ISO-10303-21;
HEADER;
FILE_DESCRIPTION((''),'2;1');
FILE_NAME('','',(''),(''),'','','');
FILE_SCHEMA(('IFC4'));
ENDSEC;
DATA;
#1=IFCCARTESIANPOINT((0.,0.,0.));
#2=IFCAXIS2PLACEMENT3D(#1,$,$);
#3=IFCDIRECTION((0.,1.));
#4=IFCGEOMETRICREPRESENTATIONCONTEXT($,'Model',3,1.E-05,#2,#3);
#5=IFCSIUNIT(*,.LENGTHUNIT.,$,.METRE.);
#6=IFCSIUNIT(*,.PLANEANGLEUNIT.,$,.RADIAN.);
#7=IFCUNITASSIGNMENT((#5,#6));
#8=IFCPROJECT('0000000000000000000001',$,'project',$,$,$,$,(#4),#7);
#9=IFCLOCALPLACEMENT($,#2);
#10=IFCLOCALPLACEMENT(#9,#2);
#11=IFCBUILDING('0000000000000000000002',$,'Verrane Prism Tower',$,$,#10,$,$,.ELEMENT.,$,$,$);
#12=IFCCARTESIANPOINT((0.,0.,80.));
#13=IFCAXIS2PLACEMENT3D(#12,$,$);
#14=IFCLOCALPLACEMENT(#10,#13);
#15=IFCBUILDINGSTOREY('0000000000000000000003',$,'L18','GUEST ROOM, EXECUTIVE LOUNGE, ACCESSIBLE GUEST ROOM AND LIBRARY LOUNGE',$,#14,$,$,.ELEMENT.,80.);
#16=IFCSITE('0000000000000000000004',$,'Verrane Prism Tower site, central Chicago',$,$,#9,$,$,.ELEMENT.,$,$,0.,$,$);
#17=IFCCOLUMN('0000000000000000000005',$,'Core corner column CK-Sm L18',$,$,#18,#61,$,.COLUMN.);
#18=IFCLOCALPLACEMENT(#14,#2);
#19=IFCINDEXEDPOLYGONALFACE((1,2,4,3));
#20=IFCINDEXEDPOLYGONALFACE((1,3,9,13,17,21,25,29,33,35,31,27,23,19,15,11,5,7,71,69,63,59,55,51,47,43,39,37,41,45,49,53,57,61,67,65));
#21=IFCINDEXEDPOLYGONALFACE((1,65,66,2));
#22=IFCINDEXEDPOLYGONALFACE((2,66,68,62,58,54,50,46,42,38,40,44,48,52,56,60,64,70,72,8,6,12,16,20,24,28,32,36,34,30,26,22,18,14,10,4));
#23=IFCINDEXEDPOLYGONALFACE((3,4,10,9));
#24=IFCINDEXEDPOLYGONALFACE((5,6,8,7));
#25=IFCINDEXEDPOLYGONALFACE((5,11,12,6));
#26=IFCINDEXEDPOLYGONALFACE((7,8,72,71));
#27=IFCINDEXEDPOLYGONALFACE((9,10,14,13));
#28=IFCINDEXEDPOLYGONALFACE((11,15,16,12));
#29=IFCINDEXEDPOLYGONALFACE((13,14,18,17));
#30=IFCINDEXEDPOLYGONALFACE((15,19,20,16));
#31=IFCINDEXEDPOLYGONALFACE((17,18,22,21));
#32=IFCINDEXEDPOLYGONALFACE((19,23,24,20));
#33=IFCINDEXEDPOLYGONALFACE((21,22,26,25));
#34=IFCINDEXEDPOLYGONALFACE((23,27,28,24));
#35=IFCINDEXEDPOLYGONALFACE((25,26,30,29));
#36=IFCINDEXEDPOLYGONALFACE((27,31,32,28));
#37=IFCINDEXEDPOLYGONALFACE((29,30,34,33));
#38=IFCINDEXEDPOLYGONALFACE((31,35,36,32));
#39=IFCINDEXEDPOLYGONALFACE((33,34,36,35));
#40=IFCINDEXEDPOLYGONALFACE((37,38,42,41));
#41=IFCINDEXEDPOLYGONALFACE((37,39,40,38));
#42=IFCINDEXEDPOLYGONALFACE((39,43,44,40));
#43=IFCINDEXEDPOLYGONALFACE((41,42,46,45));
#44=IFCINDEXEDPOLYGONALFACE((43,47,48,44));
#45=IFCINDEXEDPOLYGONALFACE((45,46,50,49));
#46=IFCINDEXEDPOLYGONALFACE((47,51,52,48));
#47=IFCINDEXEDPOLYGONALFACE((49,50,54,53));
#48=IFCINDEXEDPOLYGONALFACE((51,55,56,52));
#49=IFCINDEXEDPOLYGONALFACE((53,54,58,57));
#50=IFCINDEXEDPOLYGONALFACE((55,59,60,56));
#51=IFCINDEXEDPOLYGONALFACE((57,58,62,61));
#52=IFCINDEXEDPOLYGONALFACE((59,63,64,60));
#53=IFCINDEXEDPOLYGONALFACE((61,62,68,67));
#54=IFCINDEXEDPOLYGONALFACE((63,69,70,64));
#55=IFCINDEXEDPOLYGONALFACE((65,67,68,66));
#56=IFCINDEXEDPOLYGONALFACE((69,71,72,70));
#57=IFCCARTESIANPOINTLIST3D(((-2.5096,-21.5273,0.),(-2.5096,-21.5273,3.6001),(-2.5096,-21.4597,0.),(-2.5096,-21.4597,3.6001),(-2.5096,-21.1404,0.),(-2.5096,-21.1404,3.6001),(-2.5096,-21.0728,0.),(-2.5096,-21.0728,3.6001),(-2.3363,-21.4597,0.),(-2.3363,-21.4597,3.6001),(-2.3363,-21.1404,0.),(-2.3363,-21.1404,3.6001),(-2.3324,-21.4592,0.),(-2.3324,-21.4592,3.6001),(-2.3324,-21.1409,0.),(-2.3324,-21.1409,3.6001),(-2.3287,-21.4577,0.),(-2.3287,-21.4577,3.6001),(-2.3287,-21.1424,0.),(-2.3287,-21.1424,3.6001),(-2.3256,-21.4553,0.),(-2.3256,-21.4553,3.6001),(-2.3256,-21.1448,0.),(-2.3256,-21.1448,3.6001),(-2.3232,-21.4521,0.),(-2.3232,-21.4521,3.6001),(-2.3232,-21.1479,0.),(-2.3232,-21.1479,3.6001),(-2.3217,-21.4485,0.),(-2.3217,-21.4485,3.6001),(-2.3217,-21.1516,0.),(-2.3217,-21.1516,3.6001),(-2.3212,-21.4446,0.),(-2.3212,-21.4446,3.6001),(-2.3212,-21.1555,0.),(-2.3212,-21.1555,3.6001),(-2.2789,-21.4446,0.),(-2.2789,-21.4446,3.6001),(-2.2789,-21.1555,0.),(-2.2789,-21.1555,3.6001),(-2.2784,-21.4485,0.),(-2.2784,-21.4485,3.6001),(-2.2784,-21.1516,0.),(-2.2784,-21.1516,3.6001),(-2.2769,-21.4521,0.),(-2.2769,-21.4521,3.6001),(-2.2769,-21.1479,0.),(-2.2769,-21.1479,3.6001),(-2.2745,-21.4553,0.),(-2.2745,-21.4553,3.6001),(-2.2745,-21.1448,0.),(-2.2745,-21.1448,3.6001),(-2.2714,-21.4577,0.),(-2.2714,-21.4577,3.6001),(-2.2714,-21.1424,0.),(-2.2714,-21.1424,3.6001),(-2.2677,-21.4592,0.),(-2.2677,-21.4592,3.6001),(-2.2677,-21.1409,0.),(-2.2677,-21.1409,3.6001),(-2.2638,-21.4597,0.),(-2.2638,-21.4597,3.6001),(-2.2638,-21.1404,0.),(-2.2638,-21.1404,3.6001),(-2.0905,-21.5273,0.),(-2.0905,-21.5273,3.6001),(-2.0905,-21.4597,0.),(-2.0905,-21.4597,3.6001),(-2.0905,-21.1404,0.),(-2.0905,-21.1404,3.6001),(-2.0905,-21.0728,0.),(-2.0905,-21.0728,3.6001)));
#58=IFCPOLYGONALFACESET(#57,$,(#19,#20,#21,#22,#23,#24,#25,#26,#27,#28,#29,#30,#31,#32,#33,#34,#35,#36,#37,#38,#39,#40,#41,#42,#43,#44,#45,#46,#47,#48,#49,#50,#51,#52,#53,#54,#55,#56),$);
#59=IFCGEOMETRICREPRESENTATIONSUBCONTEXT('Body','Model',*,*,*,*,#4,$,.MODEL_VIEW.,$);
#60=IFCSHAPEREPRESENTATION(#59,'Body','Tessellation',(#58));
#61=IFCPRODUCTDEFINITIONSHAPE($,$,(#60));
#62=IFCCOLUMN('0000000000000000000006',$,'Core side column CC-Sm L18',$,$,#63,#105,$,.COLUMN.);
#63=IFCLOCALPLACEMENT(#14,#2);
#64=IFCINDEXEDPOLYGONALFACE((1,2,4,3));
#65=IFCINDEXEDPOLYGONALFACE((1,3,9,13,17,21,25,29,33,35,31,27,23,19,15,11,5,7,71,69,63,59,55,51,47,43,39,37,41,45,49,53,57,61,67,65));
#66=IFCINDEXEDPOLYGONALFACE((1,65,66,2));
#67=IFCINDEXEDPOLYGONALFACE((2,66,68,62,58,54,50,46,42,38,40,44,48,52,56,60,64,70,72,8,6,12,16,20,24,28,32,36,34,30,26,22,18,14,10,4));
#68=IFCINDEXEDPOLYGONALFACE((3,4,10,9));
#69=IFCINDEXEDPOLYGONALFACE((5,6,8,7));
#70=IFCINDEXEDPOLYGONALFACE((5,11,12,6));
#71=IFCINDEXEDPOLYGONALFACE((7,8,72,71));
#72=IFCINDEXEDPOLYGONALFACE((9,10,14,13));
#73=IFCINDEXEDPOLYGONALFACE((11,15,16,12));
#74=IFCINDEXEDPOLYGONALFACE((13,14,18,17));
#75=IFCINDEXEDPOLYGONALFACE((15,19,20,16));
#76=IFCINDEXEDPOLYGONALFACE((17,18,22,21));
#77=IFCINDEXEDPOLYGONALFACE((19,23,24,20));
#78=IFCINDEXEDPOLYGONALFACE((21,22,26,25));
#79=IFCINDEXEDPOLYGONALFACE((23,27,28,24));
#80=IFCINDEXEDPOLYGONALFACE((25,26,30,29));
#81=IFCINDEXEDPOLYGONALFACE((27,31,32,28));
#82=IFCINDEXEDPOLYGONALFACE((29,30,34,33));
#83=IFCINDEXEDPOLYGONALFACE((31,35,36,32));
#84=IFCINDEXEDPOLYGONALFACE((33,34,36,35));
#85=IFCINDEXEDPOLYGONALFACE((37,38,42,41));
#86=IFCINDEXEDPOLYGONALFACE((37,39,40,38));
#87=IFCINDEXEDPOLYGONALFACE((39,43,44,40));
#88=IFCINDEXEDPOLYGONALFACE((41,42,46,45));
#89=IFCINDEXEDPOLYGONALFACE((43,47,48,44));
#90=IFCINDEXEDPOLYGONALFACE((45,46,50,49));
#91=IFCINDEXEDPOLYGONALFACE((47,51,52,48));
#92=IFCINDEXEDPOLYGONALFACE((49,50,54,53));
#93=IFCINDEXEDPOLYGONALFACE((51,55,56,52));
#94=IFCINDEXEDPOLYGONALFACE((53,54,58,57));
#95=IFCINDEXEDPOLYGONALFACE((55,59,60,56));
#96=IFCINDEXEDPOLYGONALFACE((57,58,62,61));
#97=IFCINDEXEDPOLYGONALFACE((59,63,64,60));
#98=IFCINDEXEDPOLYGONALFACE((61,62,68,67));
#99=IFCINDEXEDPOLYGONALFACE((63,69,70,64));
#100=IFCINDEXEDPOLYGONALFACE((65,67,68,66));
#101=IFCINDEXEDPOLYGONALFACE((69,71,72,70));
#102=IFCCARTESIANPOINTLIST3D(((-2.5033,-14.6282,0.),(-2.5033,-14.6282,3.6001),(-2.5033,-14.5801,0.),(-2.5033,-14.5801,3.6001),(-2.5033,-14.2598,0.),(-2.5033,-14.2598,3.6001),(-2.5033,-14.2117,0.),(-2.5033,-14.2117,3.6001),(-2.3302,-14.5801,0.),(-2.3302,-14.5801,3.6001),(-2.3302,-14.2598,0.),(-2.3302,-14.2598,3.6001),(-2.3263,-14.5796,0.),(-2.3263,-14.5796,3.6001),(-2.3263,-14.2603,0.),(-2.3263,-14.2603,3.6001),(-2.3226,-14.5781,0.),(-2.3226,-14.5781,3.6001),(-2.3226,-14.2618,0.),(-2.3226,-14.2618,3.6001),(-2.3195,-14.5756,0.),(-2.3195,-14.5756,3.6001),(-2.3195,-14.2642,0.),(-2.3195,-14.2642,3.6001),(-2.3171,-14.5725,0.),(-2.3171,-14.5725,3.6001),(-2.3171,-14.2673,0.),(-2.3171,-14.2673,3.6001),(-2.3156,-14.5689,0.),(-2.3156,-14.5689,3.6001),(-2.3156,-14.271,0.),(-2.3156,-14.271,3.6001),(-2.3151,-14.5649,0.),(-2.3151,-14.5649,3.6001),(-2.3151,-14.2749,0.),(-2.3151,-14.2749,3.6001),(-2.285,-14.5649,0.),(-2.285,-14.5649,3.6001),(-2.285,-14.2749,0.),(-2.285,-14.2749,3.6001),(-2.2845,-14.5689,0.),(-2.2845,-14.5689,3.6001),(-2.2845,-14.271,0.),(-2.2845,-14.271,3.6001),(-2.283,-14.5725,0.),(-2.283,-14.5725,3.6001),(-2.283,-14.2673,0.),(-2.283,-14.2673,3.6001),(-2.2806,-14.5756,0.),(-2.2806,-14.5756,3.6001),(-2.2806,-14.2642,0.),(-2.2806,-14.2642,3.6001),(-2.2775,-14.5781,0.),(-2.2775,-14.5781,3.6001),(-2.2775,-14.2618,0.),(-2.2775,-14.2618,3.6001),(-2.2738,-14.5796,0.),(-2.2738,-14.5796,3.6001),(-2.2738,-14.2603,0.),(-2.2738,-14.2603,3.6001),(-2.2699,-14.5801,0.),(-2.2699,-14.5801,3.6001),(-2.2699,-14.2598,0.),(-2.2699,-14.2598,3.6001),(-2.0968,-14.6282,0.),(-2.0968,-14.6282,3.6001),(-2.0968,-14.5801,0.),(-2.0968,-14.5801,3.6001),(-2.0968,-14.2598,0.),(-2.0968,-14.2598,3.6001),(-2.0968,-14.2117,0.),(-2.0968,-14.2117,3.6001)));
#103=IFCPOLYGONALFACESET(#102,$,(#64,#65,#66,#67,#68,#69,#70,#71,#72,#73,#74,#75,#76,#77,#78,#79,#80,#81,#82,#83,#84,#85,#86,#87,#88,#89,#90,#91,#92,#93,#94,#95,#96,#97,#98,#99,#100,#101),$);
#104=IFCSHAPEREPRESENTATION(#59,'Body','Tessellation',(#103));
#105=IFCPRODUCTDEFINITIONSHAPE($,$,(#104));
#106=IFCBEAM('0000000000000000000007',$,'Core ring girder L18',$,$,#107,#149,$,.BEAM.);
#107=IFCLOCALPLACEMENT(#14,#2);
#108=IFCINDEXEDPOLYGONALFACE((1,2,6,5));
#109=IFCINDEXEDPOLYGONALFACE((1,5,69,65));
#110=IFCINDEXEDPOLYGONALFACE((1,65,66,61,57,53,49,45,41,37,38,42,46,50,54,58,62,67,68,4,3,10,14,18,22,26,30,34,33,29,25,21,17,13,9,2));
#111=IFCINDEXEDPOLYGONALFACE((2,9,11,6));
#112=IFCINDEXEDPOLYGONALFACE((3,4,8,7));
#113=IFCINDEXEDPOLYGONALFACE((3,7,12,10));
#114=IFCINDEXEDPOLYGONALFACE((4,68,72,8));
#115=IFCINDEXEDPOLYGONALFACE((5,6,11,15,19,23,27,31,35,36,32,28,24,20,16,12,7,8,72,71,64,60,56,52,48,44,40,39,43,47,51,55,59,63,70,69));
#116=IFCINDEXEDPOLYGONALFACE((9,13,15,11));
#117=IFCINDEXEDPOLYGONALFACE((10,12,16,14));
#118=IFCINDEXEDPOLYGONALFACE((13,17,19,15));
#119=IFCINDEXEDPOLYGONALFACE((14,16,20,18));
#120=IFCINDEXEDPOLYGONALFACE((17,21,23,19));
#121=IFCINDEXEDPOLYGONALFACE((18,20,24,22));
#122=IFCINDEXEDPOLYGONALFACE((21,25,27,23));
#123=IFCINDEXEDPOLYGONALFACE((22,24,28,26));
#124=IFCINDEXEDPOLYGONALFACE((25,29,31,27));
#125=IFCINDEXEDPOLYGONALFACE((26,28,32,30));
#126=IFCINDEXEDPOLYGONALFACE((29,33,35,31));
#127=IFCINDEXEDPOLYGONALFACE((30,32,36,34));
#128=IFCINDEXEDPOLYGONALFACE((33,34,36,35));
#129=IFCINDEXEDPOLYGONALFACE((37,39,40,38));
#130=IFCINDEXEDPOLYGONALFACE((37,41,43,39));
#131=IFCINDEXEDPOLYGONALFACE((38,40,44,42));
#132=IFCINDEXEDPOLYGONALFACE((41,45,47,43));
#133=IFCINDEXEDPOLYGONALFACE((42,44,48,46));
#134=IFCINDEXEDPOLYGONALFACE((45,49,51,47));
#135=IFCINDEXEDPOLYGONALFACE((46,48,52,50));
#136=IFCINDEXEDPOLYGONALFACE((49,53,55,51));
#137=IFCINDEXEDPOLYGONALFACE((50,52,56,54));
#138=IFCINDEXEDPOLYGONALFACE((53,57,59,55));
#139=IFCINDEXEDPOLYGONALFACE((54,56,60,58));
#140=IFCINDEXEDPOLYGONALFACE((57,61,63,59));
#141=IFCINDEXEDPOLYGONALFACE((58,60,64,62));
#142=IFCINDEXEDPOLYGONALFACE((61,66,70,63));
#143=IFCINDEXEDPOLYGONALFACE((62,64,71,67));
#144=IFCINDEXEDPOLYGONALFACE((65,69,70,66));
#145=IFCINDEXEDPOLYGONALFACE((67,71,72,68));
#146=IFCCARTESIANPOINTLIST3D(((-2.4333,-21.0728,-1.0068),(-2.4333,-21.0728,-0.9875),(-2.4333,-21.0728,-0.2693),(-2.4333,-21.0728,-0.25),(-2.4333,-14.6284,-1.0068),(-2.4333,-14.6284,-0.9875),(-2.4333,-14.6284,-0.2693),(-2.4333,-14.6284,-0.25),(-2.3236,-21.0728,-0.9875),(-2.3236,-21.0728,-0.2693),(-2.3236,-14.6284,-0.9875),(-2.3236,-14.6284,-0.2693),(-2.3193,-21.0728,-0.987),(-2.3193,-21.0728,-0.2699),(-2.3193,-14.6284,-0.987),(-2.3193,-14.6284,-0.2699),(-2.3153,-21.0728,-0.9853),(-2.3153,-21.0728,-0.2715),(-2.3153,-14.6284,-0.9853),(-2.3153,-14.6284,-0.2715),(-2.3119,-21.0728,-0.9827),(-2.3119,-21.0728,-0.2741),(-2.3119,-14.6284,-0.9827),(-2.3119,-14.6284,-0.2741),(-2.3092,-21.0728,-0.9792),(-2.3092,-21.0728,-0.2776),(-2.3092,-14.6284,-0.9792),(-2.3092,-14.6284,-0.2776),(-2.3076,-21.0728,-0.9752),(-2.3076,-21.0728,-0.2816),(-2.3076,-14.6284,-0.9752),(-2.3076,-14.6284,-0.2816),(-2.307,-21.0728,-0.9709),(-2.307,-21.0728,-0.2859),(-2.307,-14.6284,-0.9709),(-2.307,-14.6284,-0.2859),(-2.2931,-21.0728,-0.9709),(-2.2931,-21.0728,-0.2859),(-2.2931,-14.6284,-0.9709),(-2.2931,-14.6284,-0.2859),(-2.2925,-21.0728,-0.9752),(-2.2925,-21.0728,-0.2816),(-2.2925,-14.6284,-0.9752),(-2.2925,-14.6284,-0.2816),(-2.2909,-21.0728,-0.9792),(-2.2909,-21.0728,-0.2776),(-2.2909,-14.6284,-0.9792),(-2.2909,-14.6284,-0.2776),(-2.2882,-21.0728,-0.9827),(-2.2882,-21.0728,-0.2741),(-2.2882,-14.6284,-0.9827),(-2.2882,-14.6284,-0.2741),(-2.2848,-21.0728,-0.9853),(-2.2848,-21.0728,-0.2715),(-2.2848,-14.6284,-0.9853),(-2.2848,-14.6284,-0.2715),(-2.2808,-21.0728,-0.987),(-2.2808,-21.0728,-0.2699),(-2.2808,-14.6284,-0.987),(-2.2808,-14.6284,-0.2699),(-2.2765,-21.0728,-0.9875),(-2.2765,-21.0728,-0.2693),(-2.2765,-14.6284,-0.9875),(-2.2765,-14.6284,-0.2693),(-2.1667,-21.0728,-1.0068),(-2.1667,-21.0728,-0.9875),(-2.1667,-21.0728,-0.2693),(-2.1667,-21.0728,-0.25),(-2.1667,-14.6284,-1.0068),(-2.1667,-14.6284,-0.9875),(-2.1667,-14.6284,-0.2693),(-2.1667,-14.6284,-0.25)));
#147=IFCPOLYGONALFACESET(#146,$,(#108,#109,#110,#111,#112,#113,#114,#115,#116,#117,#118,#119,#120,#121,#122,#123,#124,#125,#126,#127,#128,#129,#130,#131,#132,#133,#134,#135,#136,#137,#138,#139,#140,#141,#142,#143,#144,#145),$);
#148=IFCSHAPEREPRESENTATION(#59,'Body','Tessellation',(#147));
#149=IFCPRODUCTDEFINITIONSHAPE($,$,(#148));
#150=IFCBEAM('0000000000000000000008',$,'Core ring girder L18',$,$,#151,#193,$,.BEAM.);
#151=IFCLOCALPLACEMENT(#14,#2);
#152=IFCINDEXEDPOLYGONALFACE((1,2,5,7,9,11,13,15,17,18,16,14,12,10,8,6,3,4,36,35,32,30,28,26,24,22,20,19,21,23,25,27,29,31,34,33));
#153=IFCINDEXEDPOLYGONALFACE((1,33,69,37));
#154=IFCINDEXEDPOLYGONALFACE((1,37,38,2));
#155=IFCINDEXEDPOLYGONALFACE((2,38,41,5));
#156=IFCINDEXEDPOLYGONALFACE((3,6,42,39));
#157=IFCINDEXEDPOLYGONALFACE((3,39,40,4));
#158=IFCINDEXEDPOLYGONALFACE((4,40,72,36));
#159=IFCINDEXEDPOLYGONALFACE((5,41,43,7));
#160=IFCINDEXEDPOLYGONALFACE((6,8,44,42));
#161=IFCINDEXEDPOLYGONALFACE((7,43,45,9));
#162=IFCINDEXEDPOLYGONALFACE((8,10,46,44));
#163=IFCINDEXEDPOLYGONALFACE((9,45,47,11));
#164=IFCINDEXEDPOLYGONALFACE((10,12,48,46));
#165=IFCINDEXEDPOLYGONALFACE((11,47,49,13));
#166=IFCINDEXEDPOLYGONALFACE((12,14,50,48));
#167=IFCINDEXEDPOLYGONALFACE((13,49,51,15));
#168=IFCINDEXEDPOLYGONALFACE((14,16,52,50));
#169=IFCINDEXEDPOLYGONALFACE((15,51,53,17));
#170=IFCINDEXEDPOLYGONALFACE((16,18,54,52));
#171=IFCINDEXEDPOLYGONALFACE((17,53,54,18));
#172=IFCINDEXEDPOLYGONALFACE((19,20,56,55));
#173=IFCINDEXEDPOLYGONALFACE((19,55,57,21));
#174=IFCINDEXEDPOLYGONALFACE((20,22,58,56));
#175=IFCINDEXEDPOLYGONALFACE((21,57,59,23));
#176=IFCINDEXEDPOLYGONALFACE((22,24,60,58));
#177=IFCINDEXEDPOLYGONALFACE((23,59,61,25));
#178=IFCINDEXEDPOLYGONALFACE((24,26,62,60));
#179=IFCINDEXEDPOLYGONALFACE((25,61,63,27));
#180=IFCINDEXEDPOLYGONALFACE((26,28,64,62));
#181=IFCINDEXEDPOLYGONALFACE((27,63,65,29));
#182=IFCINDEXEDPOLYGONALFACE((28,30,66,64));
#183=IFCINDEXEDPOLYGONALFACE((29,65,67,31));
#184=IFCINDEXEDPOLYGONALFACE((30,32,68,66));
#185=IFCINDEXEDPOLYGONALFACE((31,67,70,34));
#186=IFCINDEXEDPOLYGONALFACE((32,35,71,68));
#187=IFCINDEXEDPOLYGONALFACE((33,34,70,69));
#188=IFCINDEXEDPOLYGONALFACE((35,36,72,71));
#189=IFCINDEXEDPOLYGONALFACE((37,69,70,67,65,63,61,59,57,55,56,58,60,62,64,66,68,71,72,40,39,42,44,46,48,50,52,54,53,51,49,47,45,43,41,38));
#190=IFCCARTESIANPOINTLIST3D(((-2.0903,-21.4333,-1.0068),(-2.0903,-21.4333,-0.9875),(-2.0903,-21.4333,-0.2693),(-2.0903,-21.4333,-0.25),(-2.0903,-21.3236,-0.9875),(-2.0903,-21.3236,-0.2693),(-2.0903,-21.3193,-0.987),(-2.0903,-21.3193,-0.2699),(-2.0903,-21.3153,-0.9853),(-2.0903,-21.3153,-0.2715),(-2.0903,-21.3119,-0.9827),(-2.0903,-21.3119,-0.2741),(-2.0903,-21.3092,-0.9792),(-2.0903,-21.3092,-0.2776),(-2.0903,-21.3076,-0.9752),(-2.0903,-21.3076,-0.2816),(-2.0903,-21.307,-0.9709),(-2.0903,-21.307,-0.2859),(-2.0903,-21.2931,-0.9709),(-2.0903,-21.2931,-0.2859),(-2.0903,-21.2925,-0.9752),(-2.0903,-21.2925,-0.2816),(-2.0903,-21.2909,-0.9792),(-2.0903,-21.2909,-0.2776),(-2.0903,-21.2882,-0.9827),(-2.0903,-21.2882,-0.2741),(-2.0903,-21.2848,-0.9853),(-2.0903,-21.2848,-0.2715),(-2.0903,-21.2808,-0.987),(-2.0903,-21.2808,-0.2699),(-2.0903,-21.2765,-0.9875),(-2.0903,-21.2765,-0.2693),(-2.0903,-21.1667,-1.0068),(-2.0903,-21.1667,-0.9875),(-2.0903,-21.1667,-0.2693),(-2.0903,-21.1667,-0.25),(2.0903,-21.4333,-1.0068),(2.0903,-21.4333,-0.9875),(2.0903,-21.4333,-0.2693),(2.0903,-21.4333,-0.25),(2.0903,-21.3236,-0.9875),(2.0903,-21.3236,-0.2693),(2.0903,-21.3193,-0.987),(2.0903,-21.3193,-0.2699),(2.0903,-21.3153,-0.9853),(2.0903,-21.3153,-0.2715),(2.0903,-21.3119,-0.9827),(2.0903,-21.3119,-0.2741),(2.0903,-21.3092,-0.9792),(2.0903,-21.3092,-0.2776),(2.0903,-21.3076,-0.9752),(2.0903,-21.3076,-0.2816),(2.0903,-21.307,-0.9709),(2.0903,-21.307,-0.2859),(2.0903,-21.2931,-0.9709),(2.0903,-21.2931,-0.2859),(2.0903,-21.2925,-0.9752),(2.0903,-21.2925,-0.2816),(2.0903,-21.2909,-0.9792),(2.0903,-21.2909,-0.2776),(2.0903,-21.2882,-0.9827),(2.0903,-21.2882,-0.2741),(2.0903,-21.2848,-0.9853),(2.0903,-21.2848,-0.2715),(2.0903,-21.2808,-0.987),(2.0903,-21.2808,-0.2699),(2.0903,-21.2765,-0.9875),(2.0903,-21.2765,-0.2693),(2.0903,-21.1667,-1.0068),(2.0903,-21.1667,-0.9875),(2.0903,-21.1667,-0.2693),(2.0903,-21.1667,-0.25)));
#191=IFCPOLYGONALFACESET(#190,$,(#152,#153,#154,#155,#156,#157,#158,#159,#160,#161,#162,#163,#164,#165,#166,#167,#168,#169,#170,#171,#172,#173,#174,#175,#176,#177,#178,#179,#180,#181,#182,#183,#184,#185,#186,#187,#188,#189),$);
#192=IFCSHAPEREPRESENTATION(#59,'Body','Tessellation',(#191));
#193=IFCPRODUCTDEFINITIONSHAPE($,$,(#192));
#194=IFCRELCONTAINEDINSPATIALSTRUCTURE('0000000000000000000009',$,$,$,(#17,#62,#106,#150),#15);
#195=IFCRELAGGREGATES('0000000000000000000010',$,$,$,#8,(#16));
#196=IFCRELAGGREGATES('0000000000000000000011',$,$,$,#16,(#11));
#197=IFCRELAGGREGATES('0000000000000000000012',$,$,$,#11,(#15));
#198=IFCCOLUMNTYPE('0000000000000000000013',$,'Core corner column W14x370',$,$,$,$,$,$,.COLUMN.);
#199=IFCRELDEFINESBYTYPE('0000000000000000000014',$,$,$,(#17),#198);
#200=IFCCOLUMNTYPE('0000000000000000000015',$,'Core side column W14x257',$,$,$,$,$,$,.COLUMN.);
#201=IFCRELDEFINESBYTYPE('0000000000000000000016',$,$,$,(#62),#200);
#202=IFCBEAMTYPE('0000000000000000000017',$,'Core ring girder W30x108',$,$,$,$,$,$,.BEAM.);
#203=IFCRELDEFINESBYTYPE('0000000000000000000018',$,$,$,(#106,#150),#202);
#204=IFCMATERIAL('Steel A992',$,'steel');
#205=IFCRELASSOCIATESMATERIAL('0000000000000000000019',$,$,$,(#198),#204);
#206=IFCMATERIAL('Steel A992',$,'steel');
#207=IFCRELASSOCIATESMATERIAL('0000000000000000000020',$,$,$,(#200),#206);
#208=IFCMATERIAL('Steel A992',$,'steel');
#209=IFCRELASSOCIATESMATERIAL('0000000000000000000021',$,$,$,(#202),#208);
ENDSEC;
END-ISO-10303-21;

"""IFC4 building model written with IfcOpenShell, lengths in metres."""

from ifc_helpers import new_model, si_unit, direction, frame, origin, origin_2d, place, context, subcontext, project, spatial, i_section, extrude, material, material_profile, profile_set, type_object, element, save


model = new_model("IFC4")

# Units and contexts
model_context = context("Model", 3, precision=1e-05, world=origin(), true_north=direction((0.0, 1.0)))
body_context = subcontext(model_context, "Body", "Model", "MODEL_VIEW")
ifc_project = project(units=[si_unit("LENGTHUNIT", "METRE"), si_unit("PLANEANGLEUNIT", "RADIAN")], contexts=[model_context])

# Site, building, storey
site_placement = place(None, origin())
site = spatial("IfcSite", under=ifc_project, at=site_placement, Name="Verrane Prism Tower site, central Chicago", CompositionType="ELEMENT", RefElevation=0.0)
building_placement = place(site_placement, origin())
building = spatial("IfcBuilding", under=site, at=building_placement, Name="Verrane Prism Tower", CompositionType="ELEMENT")
storey_placement = place(building_placement, frame((0.0, 0.0, 80.0)))
storey = spatial("IfcBuildingStorey", under=building, at=storey_placement, Name="L18", Description="GUEST ROOM, EXECUTIVE LOUNGE, ACCESSIBLE GUEST ROOM AND LIBRARY LOUNGE", CompositionType="ELEMENT", Elevation=80.0)

# Columns
ifc_material_1 = material(Name="Steel A992", Category="steel")
ifc_material_profile_1 = material_profile(ifc_material_1, i_section(OverallWidth=0.4192, OverallDepth=0.4546, WebThickness=0.0422, FlangeThickness=0.0676, FilletRadius=0.0151, at=origin_2d()), Name="W14x370")
ifc_profile_set_1 = profile_set([ifc_material_profile_1], Name="Steel A992")
column_type_1 = type_object("IfcColumnType", Name="Core corner column W14x370", PredefinedType="COLUMN", material=ifc_profile_set_1)
column_1_placement = place(storey_placement, frame((-2.3, -21.3, 0.0), z_axis=(0.0, 0.0, 1.0), x_axis=(-1.0, 0.0, 0.0)))
element("IfcColumn", 1, at=column_1_placement, inside=storey, type_object=column_type_1, Name="Core corner column CK-Sm L18", PredefinedType="COLUMN", context=body_context, shape_type="SweptSolid", body=[
    extrude(i_section(OverallWidth=0.4192, OverallDepth=0.4546, WebThickness=0.0422, FlangeThickness=0.0676, FilletRadius=0.0151, at=origin_2d()), origin(), (0.0, 0.0, 1.0), 3.6001),
])
ifc_material_2 = material(Name="Steel A992", Category="steel")
ifc_material_profile_2 = material_profile(ifc_material_2, i_section(OverallWidth=0.4065, OverallDepth=0.4165, WebThickness=0.03, FlangeThickness=0.0481, FilletRadius=0.0151, at=origin_2d()), Name="W14x257")
ifc_profile_set_2 = profile_set([ifc_material_profile_2], Name="Steel A992")
column_type_2 = type_object("IfcColumnType", Name="Core side column W14x257", PredefinedType="COLUMN", material=ifc_profile_set_2)
column_2_placement = place(storey_placement, frame((-2.3, -14.4199, 0.0), z_axis=(0.0, 0.0, 1.0), x_axis=(1.0, 0.0, 0.0)))
element("IfcColumn", 2, at=column_2_placement, inside=storey, type_object=column_type_2, Name="Core side column CC-Sm L18", PredefinedType="COLUMN", context=body_context, shape_type="SweptSolid", body=[
    extrude(i_section(OverallWidth=0.4065, OverallDepth=0.4165, WebThickness=0.03, FlangeThickness=0.0481, FilletRadius=0.0151, at=origin_2d()), origin(), (0.0, 0.0, 1.0), 3.6001),
])

# Beams
ifc_material_3 = material(Name="Steel A992", Category="steel")
ifc_material_profile_3 = material_profile(ifc_material_3, i_section(OverallWidth=0.2666, OverallDepth=0.7568, WebThickness=0.0139, FlangeThickness=0.0193, FilletRadius=0.0166, at=origin_2d()), Name="W30x108")
ifc_profile_set_3 = profile_set([ifc_material_profile_3], Name="Steel A992")
beam_type_1 = type_object("IfcBeamType", Name="Core ring girder W30x108", PredefinedType="BEAM", material=ifc_profile_set_3)
beam_1_placement = place(storey_placement, frame((-2.3, -14.6284, -0.6284), z_axis=(0.0, -1.0, 0.0), x_axis=(1.0, 0.0, 0.0)))
element("IfcBeam", 3, at=beam_1_placement, inside=storey, type_object=beam_type_1, Name="Core ring girder L18", PredefinedType="BEAM", context=body_context, shape_type="SweptSolid", body=[
    extrude(i_section(OverallWidth=0.2666, OverallDepth=0.7568, WebThickness=0.0139, FlangeThickness=0.0193, FilletRadius=0.0166, at=origin_2d()), origin(), (0.0, 0.0, 1.0), 6.4443),
])
beam_2_placement = place(storey_placement, frame((-2.0903, -21.3, -0.6284), z_axis=(1.0, 0.0, 0.0), x_axis=(0.0, 1.0, 0.0)))
element("IfcBeam", 4, at=beam_2_placement, inside=storey, type_object=beam_type_1, Name="Core ring girder L18", PredefinedType="BEAM", context=body_context, shape_type="SweptSolid", body=[
    extrude(i_section(OverallWidth=0.2666, OverallDepth=0.7568, WebThickness=0.0139, FlangeThickness=0.0193, FilletRadius=0.0166, at=origin_2d()), origin(), (0.0, 0.0, 1.0), 4.1807),
])

save(model, "model.ifc")
